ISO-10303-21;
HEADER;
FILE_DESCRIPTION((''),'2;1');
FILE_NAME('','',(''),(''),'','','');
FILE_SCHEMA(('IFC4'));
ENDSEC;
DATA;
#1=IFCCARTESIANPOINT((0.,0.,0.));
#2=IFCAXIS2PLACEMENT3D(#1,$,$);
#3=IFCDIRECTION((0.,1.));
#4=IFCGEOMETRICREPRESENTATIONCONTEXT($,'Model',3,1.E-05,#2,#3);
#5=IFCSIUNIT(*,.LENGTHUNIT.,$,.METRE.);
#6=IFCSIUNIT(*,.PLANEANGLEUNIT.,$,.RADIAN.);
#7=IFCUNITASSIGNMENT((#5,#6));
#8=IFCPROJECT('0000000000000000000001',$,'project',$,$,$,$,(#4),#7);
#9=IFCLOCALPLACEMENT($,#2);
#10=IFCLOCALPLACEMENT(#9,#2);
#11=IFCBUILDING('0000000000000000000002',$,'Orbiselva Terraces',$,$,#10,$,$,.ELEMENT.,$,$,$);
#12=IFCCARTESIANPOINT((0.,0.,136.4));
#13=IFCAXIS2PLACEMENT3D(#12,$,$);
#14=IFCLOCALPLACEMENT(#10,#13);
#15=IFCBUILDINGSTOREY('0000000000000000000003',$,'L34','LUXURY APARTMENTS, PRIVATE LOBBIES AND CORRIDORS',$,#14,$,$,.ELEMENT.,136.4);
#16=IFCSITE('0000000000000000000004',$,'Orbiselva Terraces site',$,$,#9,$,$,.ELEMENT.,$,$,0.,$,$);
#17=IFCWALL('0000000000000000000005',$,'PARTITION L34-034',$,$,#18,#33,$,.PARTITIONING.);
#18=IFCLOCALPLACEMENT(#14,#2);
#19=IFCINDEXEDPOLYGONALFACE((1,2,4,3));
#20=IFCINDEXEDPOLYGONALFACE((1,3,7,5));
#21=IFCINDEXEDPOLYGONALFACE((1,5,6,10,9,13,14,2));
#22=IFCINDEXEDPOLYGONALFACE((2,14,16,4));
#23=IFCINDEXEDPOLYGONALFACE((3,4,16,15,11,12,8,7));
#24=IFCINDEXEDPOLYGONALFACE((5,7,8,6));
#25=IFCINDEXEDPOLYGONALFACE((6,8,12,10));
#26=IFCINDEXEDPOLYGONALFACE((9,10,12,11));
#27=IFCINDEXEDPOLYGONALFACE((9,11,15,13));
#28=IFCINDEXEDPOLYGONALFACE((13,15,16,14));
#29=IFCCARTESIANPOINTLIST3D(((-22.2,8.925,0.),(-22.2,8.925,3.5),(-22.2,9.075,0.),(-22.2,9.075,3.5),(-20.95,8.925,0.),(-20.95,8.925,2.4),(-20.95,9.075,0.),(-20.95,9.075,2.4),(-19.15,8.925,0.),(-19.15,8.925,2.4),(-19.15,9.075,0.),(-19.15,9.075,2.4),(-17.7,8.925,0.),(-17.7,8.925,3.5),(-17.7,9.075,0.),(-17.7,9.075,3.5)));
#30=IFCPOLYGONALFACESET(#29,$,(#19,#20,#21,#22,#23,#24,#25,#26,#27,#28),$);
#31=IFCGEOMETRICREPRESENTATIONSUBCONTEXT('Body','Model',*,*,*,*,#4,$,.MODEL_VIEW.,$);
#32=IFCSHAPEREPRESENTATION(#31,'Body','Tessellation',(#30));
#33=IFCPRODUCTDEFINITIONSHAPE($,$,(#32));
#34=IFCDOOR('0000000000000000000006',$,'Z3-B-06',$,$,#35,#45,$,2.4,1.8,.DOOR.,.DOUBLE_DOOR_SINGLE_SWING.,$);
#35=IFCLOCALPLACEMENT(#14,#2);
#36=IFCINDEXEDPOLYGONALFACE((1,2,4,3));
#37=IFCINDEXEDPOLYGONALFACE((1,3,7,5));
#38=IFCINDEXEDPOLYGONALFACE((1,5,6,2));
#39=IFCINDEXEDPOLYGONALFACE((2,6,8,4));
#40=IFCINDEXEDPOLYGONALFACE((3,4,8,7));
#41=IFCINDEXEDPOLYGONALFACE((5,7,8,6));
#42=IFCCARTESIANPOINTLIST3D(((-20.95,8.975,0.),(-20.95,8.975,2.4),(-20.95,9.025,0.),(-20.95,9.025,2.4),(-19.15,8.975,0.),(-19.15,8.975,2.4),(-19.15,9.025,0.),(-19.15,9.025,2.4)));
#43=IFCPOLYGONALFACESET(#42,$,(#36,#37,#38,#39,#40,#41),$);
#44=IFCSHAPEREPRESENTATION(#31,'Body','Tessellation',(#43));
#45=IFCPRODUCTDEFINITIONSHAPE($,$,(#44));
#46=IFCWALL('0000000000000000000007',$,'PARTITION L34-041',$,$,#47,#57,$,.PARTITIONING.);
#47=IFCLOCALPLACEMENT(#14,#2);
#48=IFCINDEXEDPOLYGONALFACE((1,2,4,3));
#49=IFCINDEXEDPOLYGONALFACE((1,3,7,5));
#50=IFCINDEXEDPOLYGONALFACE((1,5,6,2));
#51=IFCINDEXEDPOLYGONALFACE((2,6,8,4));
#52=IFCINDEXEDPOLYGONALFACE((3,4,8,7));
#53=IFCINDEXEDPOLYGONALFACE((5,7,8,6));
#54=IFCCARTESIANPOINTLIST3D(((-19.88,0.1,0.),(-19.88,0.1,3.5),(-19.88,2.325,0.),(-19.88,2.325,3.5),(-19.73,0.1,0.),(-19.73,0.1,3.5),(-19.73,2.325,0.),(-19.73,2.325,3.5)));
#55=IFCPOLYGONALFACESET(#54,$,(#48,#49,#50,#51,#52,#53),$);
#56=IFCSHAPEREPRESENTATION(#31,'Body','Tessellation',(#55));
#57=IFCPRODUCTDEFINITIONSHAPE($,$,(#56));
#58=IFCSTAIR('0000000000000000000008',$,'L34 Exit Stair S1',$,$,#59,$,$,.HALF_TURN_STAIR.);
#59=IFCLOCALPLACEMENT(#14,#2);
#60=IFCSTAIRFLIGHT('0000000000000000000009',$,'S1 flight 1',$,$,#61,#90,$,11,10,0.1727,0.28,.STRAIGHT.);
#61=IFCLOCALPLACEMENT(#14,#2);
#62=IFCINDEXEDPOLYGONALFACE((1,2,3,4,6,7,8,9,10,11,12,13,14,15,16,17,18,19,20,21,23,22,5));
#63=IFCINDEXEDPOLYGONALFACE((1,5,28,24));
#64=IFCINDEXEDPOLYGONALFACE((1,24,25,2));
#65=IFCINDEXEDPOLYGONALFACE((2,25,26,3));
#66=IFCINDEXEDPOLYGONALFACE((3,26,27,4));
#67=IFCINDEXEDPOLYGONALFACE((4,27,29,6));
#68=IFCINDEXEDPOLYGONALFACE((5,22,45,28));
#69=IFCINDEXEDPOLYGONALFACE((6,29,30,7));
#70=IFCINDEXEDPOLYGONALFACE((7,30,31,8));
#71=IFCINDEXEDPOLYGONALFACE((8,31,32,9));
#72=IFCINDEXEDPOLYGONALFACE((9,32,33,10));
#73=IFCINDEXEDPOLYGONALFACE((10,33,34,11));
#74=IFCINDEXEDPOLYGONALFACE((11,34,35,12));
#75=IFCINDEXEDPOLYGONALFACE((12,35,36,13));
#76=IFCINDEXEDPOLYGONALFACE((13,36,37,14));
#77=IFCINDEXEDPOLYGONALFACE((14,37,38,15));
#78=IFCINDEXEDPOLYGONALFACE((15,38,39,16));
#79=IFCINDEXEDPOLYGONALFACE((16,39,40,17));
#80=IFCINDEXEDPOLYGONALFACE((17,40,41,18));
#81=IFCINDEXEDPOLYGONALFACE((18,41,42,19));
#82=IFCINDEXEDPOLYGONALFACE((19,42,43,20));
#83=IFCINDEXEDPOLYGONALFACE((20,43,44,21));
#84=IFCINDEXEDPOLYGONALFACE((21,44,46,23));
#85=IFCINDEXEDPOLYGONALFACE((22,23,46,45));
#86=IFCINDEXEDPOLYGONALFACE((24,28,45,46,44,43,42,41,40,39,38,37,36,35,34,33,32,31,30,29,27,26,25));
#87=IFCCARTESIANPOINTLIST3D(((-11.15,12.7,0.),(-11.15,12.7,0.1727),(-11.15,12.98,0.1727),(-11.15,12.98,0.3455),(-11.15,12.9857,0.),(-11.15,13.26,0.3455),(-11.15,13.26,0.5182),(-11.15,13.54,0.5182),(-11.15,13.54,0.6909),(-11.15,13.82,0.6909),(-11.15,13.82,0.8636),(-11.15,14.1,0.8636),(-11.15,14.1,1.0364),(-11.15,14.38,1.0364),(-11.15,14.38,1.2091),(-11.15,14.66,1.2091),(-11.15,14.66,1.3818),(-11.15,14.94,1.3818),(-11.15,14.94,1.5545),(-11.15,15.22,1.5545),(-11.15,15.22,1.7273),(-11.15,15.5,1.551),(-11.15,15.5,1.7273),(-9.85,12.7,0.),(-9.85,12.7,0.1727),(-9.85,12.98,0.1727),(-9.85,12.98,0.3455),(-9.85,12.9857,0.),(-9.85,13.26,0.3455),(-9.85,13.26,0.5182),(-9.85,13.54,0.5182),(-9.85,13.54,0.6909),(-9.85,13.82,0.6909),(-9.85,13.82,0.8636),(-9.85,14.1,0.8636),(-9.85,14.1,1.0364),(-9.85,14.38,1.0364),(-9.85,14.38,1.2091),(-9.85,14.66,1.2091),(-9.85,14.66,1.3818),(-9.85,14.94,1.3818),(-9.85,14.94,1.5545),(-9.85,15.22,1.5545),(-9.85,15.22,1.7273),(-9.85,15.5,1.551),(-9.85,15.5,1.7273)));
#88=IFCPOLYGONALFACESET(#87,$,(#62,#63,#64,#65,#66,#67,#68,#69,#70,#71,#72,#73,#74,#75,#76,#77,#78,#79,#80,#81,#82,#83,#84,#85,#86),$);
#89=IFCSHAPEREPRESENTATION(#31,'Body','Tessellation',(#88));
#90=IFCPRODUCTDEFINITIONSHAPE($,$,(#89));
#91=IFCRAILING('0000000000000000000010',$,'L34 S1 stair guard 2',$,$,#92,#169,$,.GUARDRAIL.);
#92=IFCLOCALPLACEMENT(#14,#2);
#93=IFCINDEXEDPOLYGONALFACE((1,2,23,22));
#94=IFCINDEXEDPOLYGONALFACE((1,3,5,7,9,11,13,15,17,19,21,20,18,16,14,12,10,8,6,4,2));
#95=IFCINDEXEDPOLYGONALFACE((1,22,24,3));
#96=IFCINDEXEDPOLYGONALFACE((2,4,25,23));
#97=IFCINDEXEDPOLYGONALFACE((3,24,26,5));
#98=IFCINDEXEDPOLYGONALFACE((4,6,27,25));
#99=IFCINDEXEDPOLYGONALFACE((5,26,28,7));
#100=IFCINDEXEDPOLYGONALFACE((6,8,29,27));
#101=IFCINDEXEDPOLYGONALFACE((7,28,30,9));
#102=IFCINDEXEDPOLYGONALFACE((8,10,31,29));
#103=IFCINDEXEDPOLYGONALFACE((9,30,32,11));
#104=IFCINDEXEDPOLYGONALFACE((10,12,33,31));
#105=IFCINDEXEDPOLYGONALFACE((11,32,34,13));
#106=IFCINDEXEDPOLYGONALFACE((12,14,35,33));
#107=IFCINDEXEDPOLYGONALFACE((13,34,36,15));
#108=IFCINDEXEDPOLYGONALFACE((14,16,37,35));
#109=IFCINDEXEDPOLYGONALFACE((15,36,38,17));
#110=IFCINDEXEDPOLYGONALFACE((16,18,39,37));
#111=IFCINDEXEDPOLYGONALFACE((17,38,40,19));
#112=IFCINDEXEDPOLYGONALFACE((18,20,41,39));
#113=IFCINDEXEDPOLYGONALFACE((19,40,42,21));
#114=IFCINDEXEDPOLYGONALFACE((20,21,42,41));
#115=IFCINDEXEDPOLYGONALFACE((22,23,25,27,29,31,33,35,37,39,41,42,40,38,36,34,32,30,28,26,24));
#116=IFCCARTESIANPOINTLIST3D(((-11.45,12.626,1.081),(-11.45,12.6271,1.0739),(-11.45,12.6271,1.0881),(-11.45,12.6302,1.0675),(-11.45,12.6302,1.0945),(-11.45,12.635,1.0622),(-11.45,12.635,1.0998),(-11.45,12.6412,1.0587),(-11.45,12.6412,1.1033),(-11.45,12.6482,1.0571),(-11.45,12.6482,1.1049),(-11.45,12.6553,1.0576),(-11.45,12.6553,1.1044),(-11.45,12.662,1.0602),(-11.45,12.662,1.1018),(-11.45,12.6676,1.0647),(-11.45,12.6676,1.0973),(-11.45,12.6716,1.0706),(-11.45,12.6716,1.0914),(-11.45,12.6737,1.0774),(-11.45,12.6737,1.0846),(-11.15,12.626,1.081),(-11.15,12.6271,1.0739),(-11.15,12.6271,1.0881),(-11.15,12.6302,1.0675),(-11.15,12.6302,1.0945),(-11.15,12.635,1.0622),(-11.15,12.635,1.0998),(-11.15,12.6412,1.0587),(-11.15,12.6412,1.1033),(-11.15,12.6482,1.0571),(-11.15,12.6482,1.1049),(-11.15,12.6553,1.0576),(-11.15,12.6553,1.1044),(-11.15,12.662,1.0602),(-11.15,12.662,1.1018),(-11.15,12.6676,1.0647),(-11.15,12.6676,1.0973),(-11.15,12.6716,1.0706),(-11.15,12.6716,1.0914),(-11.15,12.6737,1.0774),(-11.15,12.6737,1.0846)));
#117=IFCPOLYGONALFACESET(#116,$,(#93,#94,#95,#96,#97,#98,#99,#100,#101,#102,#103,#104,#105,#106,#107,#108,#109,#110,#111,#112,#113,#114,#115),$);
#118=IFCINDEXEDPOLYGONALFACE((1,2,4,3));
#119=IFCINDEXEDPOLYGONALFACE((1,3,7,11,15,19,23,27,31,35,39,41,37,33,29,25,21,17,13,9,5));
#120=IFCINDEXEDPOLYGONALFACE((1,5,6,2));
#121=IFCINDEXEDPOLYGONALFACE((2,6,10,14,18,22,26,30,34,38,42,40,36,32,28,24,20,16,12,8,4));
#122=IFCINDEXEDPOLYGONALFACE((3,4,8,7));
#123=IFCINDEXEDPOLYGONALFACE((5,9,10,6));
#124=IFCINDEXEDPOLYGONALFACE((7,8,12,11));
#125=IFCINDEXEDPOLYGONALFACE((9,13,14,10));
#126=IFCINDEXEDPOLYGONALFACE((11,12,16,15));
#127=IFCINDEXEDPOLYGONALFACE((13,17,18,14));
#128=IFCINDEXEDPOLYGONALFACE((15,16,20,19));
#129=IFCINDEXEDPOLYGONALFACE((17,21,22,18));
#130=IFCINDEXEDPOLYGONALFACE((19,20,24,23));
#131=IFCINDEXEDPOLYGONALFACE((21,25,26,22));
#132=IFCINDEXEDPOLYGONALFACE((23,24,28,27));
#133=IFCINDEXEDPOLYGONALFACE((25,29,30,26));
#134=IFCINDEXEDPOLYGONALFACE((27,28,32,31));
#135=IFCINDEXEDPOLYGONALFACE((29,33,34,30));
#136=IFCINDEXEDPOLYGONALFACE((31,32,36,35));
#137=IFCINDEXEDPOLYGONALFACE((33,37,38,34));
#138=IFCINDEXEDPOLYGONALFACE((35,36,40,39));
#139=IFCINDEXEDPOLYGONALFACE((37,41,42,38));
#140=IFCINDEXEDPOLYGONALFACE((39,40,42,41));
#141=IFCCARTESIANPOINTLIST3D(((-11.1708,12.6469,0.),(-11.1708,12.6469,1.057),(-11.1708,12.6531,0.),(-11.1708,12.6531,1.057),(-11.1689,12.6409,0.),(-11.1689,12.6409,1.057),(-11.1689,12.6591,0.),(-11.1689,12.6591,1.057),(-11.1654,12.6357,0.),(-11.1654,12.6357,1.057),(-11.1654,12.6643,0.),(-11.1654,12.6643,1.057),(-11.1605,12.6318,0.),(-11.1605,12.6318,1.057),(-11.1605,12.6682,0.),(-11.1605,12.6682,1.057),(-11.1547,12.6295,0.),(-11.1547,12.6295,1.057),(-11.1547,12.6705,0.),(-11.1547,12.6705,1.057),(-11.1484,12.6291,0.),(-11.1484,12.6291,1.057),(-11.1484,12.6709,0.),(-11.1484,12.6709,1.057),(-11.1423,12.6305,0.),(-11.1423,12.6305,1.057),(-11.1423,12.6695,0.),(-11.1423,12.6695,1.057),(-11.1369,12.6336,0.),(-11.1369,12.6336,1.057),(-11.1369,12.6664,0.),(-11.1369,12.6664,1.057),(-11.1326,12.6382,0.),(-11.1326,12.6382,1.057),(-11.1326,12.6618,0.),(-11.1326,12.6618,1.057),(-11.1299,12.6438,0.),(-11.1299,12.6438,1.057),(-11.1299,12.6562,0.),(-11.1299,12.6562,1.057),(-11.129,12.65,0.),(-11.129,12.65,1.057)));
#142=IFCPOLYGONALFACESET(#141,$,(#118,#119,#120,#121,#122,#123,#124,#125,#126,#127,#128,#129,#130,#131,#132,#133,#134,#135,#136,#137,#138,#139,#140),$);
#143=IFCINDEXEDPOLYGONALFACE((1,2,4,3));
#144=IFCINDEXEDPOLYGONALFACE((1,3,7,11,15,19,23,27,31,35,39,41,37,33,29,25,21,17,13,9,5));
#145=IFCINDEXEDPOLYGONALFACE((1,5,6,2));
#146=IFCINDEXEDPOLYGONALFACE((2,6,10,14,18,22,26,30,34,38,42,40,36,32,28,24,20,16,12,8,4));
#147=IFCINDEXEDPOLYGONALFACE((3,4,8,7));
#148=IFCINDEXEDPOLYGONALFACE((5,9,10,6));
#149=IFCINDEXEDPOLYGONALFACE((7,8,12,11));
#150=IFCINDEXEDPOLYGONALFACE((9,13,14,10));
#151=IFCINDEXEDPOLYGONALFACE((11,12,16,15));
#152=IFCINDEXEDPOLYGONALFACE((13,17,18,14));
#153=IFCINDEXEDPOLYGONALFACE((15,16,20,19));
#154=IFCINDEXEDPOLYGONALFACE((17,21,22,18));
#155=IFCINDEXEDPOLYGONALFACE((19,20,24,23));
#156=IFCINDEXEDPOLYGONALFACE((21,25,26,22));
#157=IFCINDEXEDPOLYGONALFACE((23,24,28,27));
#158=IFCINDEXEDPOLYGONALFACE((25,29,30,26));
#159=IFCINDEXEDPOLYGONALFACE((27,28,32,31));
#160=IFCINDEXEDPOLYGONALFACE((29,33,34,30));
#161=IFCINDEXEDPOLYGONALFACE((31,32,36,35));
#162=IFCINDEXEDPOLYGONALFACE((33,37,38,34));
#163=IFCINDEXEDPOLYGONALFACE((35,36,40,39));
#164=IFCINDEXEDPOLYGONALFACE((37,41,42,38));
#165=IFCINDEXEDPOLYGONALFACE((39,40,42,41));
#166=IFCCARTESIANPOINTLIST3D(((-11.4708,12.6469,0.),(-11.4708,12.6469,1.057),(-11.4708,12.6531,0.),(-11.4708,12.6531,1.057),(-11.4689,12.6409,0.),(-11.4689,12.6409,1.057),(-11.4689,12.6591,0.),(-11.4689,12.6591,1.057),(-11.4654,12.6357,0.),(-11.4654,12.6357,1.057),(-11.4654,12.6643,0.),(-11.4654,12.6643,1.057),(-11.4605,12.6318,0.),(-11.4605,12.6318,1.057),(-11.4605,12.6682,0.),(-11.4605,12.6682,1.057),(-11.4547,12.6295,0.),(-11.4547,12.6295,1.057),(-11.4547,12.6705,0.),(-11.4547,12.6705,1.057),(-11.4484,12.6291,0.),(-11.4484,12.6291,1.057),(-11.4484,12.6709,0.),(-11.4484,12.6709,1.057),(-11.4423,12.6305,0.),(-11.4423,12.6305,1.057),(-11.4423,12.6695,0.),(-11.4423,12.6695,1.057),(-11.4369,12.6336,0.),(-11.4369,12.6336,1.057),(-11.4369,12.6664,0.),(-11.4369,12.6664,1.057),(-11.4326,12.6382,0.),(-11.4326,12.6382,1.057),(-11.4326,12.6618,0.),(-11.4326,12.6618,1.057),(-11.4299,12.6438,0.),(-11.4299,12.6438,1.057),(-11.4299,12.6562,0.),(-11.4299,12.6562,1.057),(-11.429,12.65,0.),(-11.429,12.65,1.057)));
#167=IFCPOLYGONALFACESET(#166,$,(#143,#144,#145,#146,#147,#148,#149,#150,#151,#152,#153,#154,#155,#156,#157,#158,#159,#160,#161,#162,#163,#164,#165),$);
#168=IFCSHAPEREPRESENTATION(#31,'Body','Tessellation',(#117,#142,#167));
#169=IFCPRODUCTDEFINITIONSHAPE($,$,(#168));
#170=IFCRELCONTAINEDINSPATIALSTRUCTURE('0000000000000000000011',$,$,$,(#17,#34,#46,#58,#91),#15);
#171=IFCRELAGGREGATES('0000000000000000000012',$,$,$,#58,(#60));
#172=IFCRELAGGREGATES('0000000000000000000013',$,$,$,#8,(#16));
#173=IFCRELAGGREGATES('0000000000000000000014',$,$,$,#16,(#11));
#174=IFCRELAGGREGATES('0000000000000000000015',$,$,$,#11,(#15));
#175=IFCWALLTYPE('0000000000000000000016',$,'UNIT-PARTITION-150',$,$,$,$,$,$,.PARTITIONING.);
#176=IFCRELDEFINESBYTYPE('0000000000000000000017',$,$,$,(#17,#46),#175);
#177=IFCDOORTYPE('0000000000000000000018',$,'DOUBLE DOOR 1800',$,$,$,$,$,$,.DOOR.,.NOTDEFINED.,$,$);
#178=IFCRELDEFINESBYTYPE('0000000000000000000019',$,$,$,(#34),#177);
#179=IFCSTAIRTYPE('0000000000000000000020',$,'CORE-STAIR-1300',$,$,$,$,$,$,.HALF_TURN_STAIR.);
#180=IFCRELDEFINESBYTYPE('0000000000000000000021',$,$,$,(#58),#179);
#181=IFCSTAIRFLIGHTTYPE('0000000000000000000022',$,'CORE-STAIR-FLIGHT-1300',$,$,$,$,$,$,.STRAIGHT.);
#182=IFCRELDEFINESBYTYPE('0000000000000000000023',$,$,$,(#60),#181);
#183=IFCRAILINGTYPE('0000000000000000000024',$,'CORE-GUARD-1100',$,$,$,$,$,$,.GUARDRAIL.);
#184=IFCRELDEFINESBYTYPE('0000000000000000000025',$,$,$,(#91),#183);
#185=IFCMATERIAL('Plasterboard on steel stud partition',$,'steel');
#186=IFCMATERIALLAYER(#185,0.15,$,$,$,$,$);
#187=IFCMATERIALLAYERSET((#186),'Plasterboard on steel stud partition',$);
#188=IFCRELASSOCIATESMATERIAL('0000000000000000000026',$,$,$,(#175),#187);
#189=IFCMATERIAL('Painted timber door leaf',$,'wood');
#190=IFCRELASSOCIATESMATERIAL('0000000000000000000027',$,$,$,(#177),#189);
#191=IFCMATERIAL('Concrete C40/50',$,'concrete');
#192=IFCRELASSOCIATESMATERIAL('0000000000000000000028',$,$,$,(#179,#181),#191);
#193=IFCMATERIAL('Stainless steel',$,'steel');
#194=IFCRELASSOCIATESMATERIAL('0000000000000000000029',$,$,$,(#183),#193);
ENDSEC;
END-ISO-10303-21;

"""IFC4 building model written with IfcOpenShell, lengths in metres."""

from ifc_helpers import new_model, si_unit, direction, frame, frame_2d, origin, origin_2d, place, context, subcontext, project, spatial, polyline, rectangle, circle, outline, extrude, material, layer, layer_set, type_object, element, fill, aggregate, save


model = new_model("IFC4")

# Units and contexts
model_context = context("Model", 3, precision=1e-05, world=origin(), true_north=direction((0.0, 1.0)))
body_context = subcontext(model_context, "Body", "Model", "MODEL_VIEW")
ifc_project = project(units=[si_unit("LENGTHUNIT", "METRE"), si_unit("PLANEANGLEUNIT", "RADIAN")], contexts=[model_context])

# Site, building, storey
site_placement = place(None, origin())
site = spatial("IfcSite", under=ifc_project, at=site_placement, Name="Orbiselva Terraces site", CompositionType="ELEMENT", RefElevation=0.0)
building_placement = place(site_placement, origin())
building = spatial("IfcBuilding", under=site, at=building_placement, Name="Orbiselva Terraces", CompositionType="ELEMENT")
storey_placement = place(building_placement, frame((0.0, 0.0, 136.4)))
storey = spatial("IfcBuildingStorey", under=building, at=storey_placement, Name="L34", Description="LUXURY APARTMENTS, PRIVATE LOBBIES AND CORRIDORS", CompositionType="ELEMENT", Elevation=136.4)

# Wall, opening, door
ifc_material_1 = material(Name="Plasterboard on steel stud partition", Category="steel")
ifc_material_2 = material(Name="Painted timber door leaf", Category="wood")
ifc_layer_1 = layer(ifc_material_1, 0.15)
ifc_layer_set_1 = layer_set([ifc_layer_1], Name="Plasterboard on steel stud partition")
wall_type_1 = type_object("IfcWallType", Name="UNIT-PARTITION-150", PredefinedType="PARTITIONING", material=ifc_layer_set_1)
wall_1_placement = place(storey_placement, frame((-22.2, 9.0, 0.0), z_axis=(0.0, 0.0, 1.0), x_axis=(1.0, 0.0, 0.0)))
wall_1 = element("IfcWall", 1, at=wall_1_placement, inside=storey, type_object=wall_type_1, Name="PARTITION L34-034", PredefinedType="PARTITIONING", context=body_context, shape_type="SweptSolid", body=[
    extrude(rectangle(XDim=4.5, YDim=0.15, at=frame_2d((2.25, 0.0))), origin(), (0.0, 0.0, 1.0), 3.5),
])
opening_1_placement = place(wall_1_placement, frame((1.25, 0.0, 0.0)))
opening_1 = element("IfcOpeningElement", 2, at=opening_1_placement, cuts=wall_1, PredefinedType="OPENING", context=body_context, shape_type="SweptSolid", body=[
    extrude(rectangle(XDim=1.8, YDim=2.4, at=frame_2d((0.9, 1.2))), frame((0.0, 0.085, 0.0), z_axis=(0.0, -1.0, 0.0), x_axis=(1.0, 0.0, 0.0)), (0.0, 0.0, 1.0), 0.17),
])
door_type_1 = type_object("IfcDoorType", Name="DOUBLE DOOR 1800", OperationType="NOTDEFINED", PredefinedType="DOOR", material=ifc_material_2)
door_1_placement = place(opening_1_placement, origin())
door_1 = element("IfcDoor", 3, at=door_1_placement, inside=storey, type_object=door_type_1, Name="Z3-B-06", OperationType="DOUBLE_DOOR_SINGLE_SWING", OverallHeight=2.4, OverallWidth=1.8, PredefinedType="DOOR", context=body_context, shape_type="SweptSolid", body=[
    extrude(rectangle(XDim=1.8, YDim=2.4, at=frame_2d((0.9, 1.2))), frame((0.0, 0.025, 0.0), z_axis=(0.0, -1.0, 0.0), x_axis=(1.0, 0.0, 0.0)), (0.0, 0.0, 1.0), 0.05),
])
fill(opening_1, door_1)

# Wall
wall_2_placement = place(storey_placement, frame((-19.805, 0.1, 0.0), z_axis=(0.0, 0.0, 1.0), x_axis=(0.0, 1.0, 0.0)))
element("IfcWall", 4, at=wall_2_placement, inside=storey, type_object=wall_type_1, Name="PARTITION L34-041", PredefinedType="PARTITIONING", context=body_context, shape_type="SweptSolid", body=[
    extrude(rectangle(XDim=2.225, YDim=0.15, at=frame_2d((1.1125, 0.0))), origin(), (0.0, 0.0, 1.0), 3.5),
])

# Stair, stair flight
ifc_material_3 = material(Name="Concrete C40/50", Category="concrete")
stair_type = type_object("IfcStairType", Name="CORE-STAIR-1300", PredefinedType="HALF_TURN_STAIR", material=ifc_material_3)
stair_placement = place(storey_placement, origin())
stair = element("IfcStair", 5, at=stair_placement, inside=storey, type_object=stair_type, Name="L34 Exit Stair S1", PredefinedType="HALF_TURN_STAIR")
stair_flight_type = type_object("IfcStairFlightType", Name="CORE-STAIR-FLIGHT-1300", PredefinedType="STRAIGHT", material=ifc_material_3)
stair_flight_placement = place(storey_placement, frame((-10.5, 12.7, 0.0), z_axis=(0.0, 0.0, 1.0), x_axis=(0.0, 1.0, 0.0)))
stair_flight = element("IfcStairFlight", 6, at=stair_flight_placement, type_object=stair_flight_type, Name="S1 flight 1", NumberOfRisers=11, NumberOfTreads=10, PredefinedType="STRAIGHT", RiserHeight=0.1727, TreadLength=0.28, context=body_context, shape_type="SweptSolid", body=[
    extrude(outline(polyline([(0.0, 0.0), (0.0, 0.1727), (0.28, 0.1727), (0.28, 0.3455), (0.56, 0.3455), (0.56, 0.5182), (0.84, 0.5182), (0.84, 0.6909), (1.12, 0.6909), (1.12, 0.8636), (1.4, 0.8636), (1.4, 1.0364), (1.68, 1.0364), (1.68, 1.2091), (1.96, 1.2091), (1.96, 1.3818), (2.24, 1.3818), (2.24, 1.5545), (2.52, 1.5545), (2.52, 1.7273), (2.8, 1.7273), (2.8, 1.9), (2.8, 1.551), (0.2857, 0.0), (0.0, 0.0)])), frame((0.0, 0.65, 0.0), z_axis=(0.0, -1.0, 0.0), x_axis=(1.0, 0.0, 0.0)), (0.0, 0.0, 1.0), 1.3),
])
aggregate(stair, [stair_flight])

# Railing
ifc_material_4 = material(Name="Stainless steel", Category="steel")
railing_type = type_object("IfcRailingType", Name="CORE-GUARD-1100", PredefinedType="GUARDRAIL", material=ifc_material_4)
railing_1_placement = place(storey_placement, frame((-11.15, 12.65, 0.0)))
element("IfcRailing", 7, at=railing_1_placement, inside=storey, type_object=railing_type, Name="L34 S1 stair guard 2", PredefinedType="GUARDRAIL", context=body_context, shape_type="SweptSolid", body=[
    extrude(circle(Radius=0.024, at=origin_2d()), frame((0.0, 0.0, 1.081), z_axis=(-1.0, 0.0, 0.0), x_axis=(0.0, -1.0, 0.0)), (0.0, 0.0, 1.0), 0.3),
    extrude(circle(Radius=0.021, at=origin_2d()), origin(), (0.0, 0.0, 1.0), 1.057),
    extrude(circle(Radius=0.021, at=origin_2d()), frame((-0.3, 0.0, 0.0)), (0.0, 0.0, 1.0), 1.057),
])

save(model, "model.ifc")
